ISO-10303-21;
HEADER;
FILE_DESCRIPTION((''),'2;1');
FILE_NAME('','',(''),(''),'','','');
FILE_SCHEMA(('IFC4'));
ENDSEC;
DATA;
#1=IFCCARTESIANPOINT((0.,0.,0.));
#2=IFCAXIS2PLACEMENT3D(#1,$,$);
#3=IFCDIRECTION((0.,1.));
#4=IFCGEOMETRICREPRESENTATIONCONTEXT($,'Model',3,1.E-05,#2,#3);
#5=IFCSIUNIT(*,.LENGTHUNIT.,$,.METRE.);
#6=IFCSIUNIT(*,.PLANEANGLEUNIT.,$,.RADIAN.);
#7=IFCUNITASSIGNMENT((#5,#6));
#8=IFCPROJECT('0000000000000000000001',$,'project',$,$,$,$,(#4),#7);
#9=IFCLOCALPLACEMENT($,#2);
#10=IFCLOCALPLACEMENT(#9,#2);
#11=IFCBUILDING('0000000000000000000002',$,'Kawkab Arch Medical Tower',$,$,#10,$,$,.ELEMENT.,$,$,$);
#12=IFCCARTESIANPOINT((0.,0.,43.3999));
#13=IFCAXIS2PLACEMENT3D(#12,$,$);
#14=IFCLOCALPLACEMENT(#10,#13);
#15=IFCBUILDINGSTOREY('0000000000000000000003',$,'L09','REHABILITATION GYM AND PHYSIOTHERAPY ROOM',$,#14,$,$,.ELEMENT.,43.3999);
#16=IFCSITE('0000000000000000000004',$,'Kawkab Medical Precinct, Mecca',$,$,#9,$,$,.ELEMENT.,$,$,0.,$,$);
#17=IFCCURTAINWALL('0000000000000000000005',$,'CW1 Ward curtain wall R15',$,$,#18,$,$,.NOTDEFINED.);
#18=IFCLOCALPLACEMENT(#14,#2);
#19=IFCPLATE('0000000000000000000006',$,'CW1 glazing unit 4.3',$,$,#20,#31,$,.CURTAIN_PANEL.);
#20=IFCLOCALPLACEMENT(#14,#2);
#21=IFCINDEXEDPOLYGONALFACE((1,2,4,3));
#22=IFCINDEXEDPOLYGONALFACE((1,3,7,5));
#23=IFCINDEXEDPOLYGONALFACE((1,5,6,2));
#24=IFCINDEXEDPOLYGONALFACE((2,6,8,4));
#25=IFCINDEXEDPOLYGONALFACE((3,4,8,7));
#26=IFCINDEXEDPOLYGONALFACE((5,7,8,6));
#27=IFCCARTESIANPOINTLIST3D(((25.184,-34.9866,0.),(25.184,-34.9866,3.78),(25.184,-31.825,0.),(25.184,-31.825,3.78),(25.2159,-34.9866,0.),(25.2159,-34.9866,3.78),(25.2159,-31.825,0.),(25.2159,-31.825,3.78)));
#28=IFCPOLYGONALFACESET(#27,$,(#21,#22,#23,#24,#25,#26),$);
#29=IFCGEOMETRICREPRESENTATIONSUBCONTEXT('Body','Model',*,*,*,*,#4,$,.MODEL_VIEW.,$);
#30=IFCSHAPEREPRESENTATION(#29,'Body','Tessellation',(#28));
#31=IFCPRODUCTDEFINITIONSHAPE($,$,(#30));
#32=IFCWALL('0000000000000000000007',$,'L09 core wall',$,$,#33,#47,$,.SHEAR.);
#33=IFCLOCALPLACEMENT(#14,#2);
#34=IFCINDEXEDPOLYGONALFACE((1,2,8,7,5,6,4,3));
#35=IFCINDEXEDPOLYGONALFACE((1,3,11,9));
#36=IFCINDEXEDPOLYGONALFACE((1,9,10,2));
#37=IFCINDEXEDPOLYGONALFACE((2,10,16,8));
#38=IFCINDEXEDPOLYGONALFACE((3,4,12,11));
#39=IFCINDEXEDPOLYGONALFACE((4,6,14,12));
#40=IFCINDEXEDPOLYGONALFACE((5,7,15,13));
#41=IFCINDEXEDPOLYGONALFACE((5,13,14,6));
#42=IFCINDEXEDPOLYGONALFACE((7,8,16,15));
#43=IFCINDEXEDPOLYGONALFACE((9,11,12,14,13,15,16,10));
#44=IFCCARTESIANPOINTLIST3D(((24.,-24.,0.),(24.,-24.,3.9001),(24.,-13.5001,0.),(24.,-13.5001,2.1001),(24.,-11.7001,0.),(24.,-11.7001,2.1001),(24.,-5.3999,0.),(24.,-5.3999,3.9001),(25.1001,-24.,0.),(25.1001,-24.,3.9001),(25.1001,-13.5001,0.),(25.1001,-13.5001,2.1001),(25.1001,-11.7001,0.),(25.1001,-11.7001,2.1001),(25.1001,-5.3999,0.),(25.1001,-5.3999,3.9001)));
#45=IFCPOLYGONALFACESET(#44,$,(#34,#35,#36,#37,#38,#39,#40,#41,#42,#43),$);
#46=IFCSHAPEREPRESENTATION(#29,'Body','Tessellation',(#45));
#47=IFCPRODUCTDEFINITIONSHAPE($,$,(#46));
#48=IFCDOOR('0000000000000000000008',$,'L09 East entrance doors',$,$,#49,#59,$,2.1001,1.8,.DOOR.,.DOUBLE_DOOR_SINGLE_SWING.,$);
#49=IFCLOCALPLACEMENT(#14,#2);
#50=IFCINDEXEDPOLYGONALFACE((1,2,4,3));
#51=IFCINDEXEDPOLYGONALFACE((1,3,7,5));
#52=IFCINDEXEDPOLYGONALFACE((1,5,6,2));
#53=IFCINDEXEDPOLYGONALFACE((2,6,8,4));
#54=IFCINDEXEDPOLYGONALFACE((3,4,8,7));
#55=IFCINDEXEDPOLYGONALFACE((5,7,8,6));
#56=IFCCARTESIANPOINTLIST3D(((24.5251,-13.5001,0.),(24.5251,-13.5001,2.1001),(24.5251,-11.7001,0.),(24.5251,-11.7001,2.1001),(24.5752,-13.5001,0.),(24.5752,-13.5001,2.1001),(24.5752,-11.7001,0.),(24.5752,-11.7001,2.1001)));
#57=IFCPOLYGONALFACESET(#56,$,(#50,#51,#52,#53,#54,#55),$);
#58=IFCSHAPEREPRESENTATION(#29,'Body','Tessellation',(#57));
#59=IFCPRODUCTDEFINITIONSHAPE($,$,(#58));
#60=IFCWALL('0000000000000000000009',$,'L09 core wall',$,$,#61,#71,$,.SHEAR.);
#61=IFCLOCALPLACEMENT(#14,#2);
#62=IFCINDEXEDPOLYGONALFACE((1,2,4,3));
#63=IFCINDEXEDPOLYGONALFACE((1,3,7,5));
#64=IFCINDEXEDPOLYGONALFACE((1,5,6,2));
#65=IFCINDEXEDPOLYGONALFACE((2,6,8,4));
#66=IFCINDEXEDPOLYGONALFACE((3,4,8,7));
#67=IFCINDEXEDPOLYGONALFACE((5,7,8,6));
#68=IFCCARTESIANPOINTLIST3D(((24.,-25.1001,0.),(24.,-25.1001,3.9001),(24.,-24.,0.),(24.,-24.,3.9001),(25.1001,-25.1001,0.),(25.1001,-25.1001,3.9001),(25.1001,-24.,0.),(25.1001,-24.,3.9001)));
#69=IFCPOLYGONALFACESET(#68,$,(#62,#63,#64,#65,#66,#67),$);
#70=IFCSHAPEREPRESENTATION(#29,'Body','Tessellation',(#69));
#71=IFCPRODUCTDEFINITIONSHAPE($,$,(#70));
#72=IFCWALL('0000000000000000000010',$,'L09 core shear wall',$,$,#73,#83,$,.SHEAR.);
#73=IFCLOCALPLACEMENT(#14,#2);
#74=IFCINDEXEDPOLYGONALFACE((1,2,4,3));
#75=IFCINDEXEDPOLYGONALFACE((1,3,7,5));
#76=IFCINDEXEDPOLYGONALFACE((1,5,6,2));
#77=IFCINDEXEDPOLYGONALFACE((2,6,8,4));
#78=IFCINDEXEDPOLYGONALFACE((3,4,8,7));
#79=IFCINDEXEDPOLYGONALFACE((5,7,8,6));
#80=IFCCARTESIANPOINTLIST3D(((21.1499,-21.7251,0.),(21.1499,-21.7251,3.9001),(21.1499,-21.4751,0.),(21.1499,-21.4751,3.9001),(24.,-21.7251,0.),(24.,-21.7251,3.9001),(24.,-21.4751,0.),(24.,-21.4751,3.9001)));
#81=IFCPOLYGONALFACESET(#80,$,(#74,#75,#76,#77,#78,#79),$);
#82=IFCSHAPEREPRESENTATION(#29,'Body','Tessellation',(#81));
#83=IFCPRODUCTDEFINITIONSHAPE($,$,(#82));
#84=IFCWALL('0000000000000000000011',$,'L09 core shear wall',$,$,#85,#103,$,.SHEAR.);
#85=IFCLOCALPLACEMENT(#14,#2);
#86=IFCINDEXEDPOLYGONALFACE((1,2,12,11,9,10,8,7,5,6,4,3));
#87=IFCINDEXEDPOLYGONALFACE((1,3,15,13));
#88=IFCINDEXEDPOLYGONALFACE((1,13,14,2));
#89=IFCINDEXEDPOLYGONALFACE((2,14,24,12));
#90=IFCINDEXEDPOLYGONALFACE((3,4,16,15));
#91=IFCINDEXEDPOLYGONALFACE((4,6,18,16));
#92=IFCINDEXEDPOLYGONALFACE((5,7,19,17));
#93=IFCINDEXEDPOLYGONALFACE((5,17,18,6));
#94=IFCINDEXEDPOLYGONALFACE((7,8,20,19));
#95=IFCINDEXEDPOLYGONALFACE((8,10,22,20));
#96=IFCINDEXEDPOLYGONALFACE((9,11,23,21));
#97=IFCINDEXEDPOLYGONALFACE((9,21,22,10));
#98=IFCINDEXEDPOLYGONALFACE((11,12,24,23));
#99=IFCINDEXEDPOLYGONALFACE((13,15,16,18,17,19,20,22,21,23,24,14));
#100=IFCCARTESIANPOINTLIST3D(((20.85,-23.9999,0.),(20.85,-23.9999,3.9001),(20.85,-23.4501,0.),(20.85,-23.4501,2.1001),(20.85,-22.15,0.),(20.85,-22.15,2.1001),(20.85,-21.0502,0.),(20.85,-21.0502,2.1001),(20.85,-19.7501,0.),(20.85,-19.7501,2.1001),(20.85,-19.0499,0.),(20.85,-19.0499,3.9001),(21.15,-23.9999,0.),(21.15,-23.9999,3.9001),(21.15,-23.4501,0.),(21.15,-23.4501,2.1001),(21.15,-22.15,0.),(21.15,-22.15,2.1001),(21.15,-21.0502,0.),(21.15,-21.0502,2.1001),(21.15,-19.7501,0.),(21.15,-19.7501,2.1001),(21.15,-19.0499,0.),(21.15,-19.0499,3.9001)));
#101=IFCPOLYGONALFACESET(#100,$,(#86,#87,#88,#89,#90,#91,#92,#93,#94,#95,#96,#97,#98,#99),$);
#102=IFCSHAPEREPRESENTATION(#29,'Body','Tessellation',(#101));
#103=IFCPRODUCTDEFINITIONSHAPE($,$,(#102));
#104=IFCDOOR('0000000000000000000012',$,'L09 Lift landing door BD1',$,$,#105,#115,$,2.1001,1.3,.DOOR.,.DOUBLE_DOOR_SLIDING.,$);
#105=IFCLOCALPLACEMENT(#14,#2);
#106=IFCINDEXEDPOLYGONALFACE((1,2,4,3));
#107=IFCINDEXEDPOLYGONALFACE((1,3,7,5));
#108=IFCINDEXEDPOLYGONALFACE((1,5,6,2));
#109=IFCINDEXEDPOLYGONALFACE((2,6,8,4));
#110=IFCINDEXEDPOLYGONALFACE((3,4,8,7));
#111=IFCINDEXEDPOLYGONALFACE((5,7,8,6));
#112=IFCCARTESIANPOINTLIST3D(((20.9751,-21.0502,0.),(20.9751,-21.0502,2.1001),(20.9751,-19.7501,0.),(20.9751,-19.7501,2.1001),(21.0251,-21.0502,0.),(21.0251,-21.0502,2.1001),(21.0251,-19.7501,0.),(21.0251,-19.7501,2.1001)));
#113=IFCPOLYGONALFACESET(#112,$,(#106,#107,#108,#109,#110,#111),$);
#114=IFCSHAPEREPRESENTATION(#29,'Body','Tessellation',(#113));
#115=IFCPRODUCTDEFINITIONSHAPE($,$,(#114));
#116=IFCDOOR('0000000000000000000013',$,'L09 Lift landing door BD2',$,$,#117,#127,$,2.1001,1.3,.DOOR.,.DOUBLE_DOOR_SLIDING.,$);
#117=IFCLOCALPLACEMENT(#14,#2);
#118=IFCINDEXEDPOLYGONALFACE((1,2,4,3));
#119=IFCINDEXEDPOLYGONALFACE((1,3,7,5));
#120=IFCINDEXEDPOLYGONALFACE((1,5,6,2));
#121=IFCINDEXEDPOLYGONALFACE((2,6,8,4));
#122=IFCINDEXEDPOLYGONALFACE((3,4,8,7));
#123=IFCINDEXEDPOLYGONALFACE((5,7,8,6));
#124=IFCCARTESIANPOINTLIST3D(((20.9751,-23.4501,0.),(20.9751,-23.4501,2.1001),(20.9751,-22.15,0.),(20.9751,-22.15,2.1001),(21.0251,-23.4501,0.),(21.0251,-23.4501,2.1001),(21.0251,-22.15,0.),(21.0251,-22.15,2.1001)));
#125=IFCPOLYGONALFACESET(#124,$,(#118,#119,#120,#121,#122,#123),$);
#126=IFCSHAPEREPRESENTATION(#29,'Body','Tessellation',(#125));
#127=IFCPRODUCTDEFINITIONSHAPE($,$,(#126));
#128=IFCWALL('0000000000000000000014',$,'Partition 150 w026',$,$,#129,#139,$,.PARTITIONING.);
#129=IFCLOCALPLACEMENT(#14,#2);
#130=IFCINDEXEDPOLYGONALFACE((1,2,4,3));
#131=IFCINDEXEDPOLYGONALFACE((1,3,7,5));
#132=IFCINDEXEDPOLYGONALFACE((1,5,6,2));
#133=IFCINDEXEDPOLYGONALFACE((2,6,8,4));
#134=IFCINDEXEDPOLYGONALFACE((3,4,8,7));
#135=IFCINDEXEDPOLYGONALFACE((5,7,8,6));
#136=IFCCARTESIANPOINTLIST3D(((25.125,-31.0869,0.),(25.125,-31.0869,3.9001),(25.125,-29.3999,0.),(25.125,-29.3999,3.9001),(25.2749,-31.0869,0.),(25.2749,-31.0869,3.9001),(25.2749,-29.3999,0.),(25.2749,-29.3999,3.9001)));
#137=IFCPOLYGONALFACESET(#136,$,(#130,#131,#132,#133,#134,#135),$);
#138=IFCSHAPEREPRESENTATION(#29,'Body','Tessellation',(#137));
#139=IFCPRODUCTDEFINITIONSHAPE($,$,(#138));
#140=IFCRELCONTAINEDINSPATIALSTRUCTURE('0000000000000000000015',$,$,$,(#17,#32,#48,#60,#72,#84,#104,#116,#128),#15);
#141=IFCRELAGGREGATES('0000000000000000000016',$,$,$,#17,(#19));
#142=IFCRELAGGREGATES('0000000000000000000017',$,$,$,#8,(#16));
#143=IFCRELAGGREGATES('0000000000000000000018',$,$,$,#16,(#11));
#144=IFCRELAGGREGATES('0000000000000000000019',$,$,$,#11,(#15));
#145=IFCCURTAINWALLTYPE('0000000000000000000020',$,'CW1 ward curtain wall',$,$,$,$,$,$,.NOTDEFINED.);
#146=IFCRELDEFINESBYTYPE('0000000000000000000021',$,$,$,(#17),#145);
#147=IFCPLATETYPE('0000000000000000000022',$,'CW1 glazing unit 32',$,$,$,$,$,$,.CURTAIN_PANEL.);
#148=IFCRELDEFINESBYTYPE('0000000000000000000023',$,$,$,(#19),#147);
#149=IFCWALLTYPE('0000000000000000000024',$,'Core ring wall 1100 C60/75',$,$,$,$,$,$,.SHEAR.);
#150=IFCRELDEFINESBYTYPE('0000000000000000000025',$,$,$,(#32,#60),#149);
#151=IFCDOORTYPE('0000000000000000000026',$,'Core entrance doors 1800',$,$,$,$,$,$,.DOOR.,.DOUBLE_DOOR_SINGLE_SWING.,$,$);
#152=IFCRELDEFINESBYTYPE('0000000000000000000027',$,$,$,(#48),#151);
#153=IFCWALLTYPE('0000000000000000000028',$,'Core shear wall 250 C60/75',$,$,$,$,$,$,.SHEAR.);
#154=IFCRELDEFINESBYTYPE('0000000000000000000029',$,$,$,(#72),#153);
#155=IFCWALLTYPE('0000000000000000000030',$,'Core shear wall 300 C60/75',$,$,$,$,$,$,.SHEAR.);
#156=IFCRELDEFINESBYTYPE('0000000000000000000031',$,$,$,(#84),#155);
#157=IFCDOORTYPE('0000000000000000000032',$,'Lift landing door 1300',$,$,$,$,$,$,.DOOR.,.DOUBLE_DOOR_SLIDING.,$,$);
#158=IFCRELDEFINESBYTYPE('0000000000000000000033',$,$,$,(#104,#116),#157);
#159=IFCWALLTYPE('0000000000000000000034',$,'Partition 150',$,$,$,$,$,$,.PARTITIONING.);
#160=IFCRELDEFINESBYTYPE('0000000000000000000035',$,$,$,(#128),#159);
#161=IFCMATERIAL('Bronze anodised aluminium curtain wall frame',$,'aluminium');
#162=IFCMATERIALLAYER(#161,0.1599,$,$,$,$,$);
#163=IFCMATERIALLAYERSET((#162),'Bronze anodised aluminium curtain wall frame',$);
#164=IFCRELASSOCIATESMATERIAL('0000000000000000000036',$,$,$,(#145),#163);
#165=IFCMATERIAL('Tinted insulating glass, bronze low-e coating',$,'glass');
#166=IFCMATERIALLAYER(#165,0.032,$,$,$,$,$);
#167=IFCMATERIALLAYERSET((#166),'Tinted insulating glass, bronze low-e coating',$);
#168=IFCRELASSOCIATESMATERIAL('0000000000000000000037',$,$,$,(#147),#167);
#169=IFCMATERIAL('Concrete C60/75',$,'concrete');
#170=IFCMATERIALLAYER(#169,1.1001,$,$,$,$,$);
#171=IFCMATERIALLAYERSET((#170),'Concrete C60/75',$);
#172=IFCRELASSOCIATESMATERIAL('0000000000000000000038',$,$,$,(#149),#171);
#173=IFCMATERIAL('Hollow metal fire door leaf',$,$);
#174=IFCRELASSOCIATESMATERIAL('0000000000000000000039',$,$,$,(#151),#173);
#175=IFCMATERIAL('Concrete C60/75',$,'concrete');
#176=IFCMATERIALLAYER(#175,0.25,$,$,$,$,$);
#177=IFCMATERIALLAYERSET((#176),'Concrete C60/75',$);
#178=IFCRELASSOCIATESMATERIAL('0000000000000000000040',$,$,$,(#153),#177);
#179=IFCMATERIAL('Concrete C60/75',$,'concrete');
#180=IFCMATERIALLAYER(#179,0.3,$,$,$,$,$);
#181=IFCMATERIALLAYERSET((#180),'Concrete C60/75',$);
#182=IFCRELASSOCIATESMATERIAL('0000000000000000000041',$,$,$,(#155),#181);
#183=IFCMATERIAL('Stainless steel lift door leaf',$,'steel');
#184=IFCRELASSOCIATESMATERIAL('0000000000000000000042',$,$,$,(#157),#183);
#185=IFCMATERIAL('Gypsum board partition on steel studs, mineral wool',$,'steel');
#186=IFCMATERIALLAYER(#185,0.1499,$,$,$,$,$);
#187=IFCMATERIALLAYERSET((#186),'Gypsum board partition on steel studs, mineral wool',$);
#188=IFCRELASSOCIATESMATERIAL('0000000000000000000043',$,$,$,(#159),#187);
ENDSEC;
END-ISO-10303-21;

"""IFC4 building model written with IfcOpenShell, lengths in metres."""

from ifc_helpers import new_model, si_unit, direction, frame, frame_2d, origin, origin_2d, place, context, subcontext, project, spatial, rectangle, extrude, material, layer, layer_set, type_object, element, fill, aggregate, save


model = new_model("IFC4")

# Units and contexts
model_context = context("Model", 3, precision=1e-05, world=origin(), true_north=direction((0.0, 1.0)))
body_context = subcontext(model_context, "Body", "Model", "MODEL_VIEW")
ifc_project = project(units=[si_unit("LENGTHUNIT", "METRE"), si_unit("PLANEANGLEUNIT", "RADIAN")], contexts=[model_context])

# Site, building, storey
site_placement = place(None, origin())
site = spatial("IfcSite", under=ifc_project, at=site_placement, Name="Kawkab Medical Precinct, Mecca", CompositionType="ELEMENT", RefElevation=0.0)
building_placement = place(site_placement, origin())
building = spatial("IfcBuilding", under=site, at=building_placement, Name="Kawkab Arch Medical Tower", CompositionType="ELEMENT")
storey_placement = place(building_placement, frame((0.0, 0.0, 43.3999)))
storey = spatial("IfcBuildingStorey", under=building, at=storey_placement, Name="L09", Description="REHABILITATION GYM AND PHYSIOTHERAPY ROOM", CompositionType="ELEMENT", Elevation=43.3999)

# Curtain wall
ifc_material_1 = material(Name="Bronze anodised aluminium curtain wall frame", Category="aluminium")
ifc_layer_1 = layer(ifc_material_1, 0.1599)
ifc_layer_set_1 = layer_set([ifc_layer_1], Name="Bronze anodised aluminium curtain wall frame")
curtain_wall_type_1 = type_object("IfcCurtainWallType", Name="CW1 ward curtain wall", PredefinedType="NOTDEFINED", material=ifc_layer_set_1)
placement = place(storey_placement, origin())
curtain_wall_1 = element("IfcCurtainWall", 1, at=placement, inside=storey, type_object=curtain_wall_type_1, Name="CW1 Ward curtain wall R15", PredefinedType="NOTDEFINED")

# Plate
ifc_material_2 = material(Name="Tinted insulating glass, bronze low-e coating", Category="glass")
ifc_layer_2 = layer(ifc_material_2, 0.032)
ifc_layer_set_2 = layer_set([ifc_layer_2], Name="Tinted insulating glass, bronze low-e coating")
plate_type = type_object("IfcPlateType", Name="CW1 glazing unit 32", PredefinedType="CURTAIN_PANEL", material=ifc_layer_set_2)
plate_1_placement = place(storey_placement, frame((25.2, -33.4058, 0.0), z_axis=(0.0, 0.0, 1.0), x_axis=(0.0, 1.0, 0.0)))
plate_1 = element("IfcPlate", 2, at=plate_1_placement, type_object=plate_type, Name="CW1 glazing unit 4.3", PredefinedType="CURTAIN_PANEL", context=body_context, shape_type="SweptSolid", body=[
    extrude(rectangle(XDim=3.1616, YDim=0.032, at=origin_2d()), origin(), (0.0, 0.0, 1.0), 3.78),
])
aggregate(curtain_wall_1, [plate_1])

# Wall, opening, door
ifc_material_3 = material(Name="Concrete C60/75", Category="concrete")
ifc_layer_3 = layer(ifc_material_3, 1.1001)
ifc_layer_set_3 = layer_set([ifc_layer_3], Name="Concrete C60/75")
wall_type_1 = type_object("IfcWallType", Name="Core ring wall 1100 C60/75", PredefinedType="SHEAR", material=ifc_layer_set_3)
wall_1_placement = place(storey_placement, frame((24.55, -24.0, 0.0), z_axis=(0.0, 0.0, 1.0), x_axis=(0.0, 1.0, 0.0)))
wall_1 = element("IfcWall", 3, at=wall_1_placement, inside=storey, type_object=wall_type_1, Name="L09 core wall", PredefinedType="SHEAR", context=body_context, shape_type="SweptSolid", body=[
    extrude(rectangle(XDim=18.6001, YDim=1.1001, at=frame_2d((9.3, 0.0))), origin(), (0.0, 0.0, 1.0), 3.9001),
])
opening_1_placement = place(wall_1_placement, frame((10.5, 0.0, 0.0)))
opening_1 = element("IfcOpeningElement", 4, at=opening_1_placement, cuts=wall_1, PredefinedType="OPENING", context=body_context, shape_type="SweptSolid", body=[
    extrude(rectangle(XDim=1.8, YDim=2.1001, at=frame_2d((0.8999, 1.05))), frame((0.0, 0.5601, 0.0), z_axis=(0.0, -1.0, 0.0), x_axis=(1.0, 0.0, 0.0)), (0.0, 0.0, 1.0), 1.1201),
])
ifc_material_4 = material(Name="Hollow metal fire door leaf")
door_type_1 = type_object("IfcDoorType", Name="Core entrance doors 1800", OperationType="DOUBLE_DOOR_SINGLE_SWING", PredefinedType="DOOR", material=ifc_material_4)
door_1_placement = place(opening_1_placement, origin())
door_1 = element("IfcDoor", 5, at=door_1_placement, inside=storey, type_object=door_type_1, Name="L09 East entrance doors", OperationType="DOUBLE_DOOR_SINGLE_SWING", OverallHeight=2.1001, OverallWidth=1.8, PredefinedType="DOOR", context=body_context, shape_type="SweptSolid", body=[
    extrude(rectangle(XDim=1.8, YDim=2.1001, at=frame_2d((0.8999, 1.05))), frame((0.0, 0.0249, 0.0), z_axis=(0.0, -1.0, 0.0), x_axis=(1.0, 0.0, 0.0)), (0.0, 0.0, 1.0), 0.05),
])
fill(opening_1, door_1)

# Walls
wall_2_placement = place(storey_placement, frame((24.55, -25.1001, 0.0), z_axis=(0.0, 0.0, 1.0), x_axis=(0.0, 1.0, 0.0)))
element("IfcWall", 6, at=wall_2_placement, inside=storey, type_object=wall_type_1, Name="L09 core wall", PredefinedType="SHEAR", context=body_context, shape_type="SweptSolid", body=[
    extrude(rectangle(XDim=1.1001, YDim=1.1001, at=frame_2d((0.55, 0.0))), origin(), (0.0, 0.0, 1.0), 3.9001),
])
ifc_material_5 = material(Name="Concrete C60/75", Category="concrete")
ifc_layer_4 = layer(ifc_material_5, 0.25)
ifc_layer_set_4 = layer_set([ifc_layer_4], Name="Concrete C60/75")
wall_type_2 = type_object("IfcWallType", Name="Core shear wall 250 C60/75", PredefinedType="SHEAR", material=ifc_layer_set_4)
wall_3_placement = place(storey_placement, frame((21.1499, -21.6001, 0.0), z_axis=(0.0, 0.0, 1.0), x_axis=(1.0, 0.0, 0.0)))
element("IfcWall", 7, at=wall_3_placement, inside=storey, type_object=wall_type_2, Name="L09 core shear wall", PredefinedType="SHEAR", context=body_context, shape_type="SweptSolid", body=[
    extrude(rectangle(XDim=2.8501, YDim=0.25, at=frame_2d((1.425, 0.0))), origin(), (0.0, 0.0, 1.0), 3.9001),
])

# Wall, openings, doors
ifc_material_6 = material(Name="Concrete C60/75", Category="concrete")
ifc_layer_5 = layer(ifc_material_6, 0.3)
ifc_layer_set_5 = layer_set([ifc_layer_5], Name="Concrete C60/75")
wall_type_3 = type_object("IfcWallType", Name="Core shear wall 300 C60/75", PredefinedType="SHEAR", material=ifc_layer_set_5)
wall_4_placement = place(storey_placement, frame((21.0, -24.0, 0.0), z_axis=(0.0, 0.0, 1.0), x_axis=(0.0, 1.0, 0.0)))
wall_4 = element("IfcWall", 8, at=wall_4_placement, inside=storey, type_object=wall_type_3, Name="L09 core shear wall", PredefinedType="SHEAR", context=body_context, shape_type="SweptSolid", body=[
    extrude(rectangle(XDim=4.95, YDim=0.3, at=frame_2d((2.4751, 0.0))), origin(), (0.0, 0.0, 1.0), 3.9001),
])
opening_2_placement = place(wall_4_placement, frame((2.95, 0.0, 0.0)))
opening_2 = element("IfcOpeningElement", 9, at=opening_2_placement, cuts=wall_4, PredefinedType="OPENING", context=body_context, shape_type="SweptSolid", body=[
    extrude(rectangle(XDim=1.3, YDim=2.1001, at=frame_2d((0.6499, 1.05))), frame((0.0, 0.1599, 0.0), z_axis=(0.0, -1.0, 0.0), x_axis=(1.0, 0.0, 0.0)), (0.0, 0.0, 1.0), 0.3201),
])
opening_3_placement = place(wall_4_placement, frame((0.55, 0.0, 0.0)))
opening_3 = element("IfcOpeningElement", 10, at=opening_3_placement, cuts=wall_4, PredefinedType="OPENING", context=body_context, shape_type="SweptSolid", body=[
    extrude(rectangle(XDim=1.3, YDim=2.1001, at=frame_2d((0.6499, 1.05))), frame((0.0, 0.1599, 0.0), z_axis=(0.0, -1.0, 0.0), x_axis=(1.0, 0.0, 0.0)), (0.0, 0.0, 1.0), 0.3201),
])
ifc_material_7 = material(Name="Stainless steel lift door leaf", Category="steel")
door_type_2 = type_object("IfcDoorType", Name="Lift landing door 1300", OperationType="DOUBLE_DOOR_SLIDING", PredefinedType="DOOR", material=ifc_material_7)
door_2_placement = place(opening_2_placement, origin())
door_2 = element("IfcDoor", 11, at=door_2_placement, inside=storey, type_object=door_type_2, Name="L09 Lift landing door BD1", OperationType="DOUBLE_DOOR_SLIDING", OverallHeight=2.1001, OverallWidth=1.3, PredefinedType="DOOR", context=body_context, shape_type="SweptSolid", body=[
    extrude(rectangle(XDim=1.3, YDim=2.1001, at=frame_2d((0.6499, 1.05))), frame((0.0, 0.0249, 0.0), z_axis=(0.0, -1.0, 0.0), x_axis=(1.0, 0.0, 0.0)), (0.0, 0.0, 1.0), 0.05),
])
fill(opening_2, door_2)
door_3_placement = place(opening_3_placement, origin())
door_3 = element("IfcDoor", 12, at=door_3_placement, inside=storey, type_object=door_type_2, Name="L09 Lift landing door BD2", OperationType="DOUBLE_DOOR_SLIDING", OverallHeight=2.1001, OverallWidth=1.3, PredefinedType="DOOR", context=body_context, shape_type="SweptSolid", body=[
    extrude(rectangle(XDim=1.3, YDim=2.1001, at=frame_2d((0.6499, 1.05))), frame((0.0, 0.0249, 0.0), z_axis=(0.0, -1.0, 0.0), x_axis=(1.0, 0.0, 0.0)), (0.0, 0.0, 1.0), 0.05),
])
fill(opening_3, door_3)

# Wall
ifc_material_8 = material(Name="Gypsum board partition on steel studs, mineral wool", Category="steel")
ifc_layer_6 = layer(ifc_material_8, 0.1499)
ifc_layer_set_6 = layer_set([ifc_layer_6], Name="Gypsum board partition on steel studs, mineral wool")
wall_type_4 = type_object("IfcWallType", Name="Partition 150", PredefinedType="PARTITIONING", material=ifc_layer_set_6)
wall_5_placement = place(storey_placement, frame((25.2, -31.0869, 0.0), z_axis=(0.0, 0.0, 1.0), x_axis=(0.0, 1.0, 0.0)))
element("IfcWall", 13, at=wall_5_placement, inside=storey, type_object=wall_type_4, Name="Partition 150 w026", PredefinedType="PARTITIONING", context=body_context, shape_type="SweptSolid", body=[
    extrude(rectangle(XDim=1.687, YDim=0.1499, at=frame_2d((0.8435, 0.0))), origin(), (0.0, 0.0, 1.0), 3.9001),
])

save(model, "model.ifc")
